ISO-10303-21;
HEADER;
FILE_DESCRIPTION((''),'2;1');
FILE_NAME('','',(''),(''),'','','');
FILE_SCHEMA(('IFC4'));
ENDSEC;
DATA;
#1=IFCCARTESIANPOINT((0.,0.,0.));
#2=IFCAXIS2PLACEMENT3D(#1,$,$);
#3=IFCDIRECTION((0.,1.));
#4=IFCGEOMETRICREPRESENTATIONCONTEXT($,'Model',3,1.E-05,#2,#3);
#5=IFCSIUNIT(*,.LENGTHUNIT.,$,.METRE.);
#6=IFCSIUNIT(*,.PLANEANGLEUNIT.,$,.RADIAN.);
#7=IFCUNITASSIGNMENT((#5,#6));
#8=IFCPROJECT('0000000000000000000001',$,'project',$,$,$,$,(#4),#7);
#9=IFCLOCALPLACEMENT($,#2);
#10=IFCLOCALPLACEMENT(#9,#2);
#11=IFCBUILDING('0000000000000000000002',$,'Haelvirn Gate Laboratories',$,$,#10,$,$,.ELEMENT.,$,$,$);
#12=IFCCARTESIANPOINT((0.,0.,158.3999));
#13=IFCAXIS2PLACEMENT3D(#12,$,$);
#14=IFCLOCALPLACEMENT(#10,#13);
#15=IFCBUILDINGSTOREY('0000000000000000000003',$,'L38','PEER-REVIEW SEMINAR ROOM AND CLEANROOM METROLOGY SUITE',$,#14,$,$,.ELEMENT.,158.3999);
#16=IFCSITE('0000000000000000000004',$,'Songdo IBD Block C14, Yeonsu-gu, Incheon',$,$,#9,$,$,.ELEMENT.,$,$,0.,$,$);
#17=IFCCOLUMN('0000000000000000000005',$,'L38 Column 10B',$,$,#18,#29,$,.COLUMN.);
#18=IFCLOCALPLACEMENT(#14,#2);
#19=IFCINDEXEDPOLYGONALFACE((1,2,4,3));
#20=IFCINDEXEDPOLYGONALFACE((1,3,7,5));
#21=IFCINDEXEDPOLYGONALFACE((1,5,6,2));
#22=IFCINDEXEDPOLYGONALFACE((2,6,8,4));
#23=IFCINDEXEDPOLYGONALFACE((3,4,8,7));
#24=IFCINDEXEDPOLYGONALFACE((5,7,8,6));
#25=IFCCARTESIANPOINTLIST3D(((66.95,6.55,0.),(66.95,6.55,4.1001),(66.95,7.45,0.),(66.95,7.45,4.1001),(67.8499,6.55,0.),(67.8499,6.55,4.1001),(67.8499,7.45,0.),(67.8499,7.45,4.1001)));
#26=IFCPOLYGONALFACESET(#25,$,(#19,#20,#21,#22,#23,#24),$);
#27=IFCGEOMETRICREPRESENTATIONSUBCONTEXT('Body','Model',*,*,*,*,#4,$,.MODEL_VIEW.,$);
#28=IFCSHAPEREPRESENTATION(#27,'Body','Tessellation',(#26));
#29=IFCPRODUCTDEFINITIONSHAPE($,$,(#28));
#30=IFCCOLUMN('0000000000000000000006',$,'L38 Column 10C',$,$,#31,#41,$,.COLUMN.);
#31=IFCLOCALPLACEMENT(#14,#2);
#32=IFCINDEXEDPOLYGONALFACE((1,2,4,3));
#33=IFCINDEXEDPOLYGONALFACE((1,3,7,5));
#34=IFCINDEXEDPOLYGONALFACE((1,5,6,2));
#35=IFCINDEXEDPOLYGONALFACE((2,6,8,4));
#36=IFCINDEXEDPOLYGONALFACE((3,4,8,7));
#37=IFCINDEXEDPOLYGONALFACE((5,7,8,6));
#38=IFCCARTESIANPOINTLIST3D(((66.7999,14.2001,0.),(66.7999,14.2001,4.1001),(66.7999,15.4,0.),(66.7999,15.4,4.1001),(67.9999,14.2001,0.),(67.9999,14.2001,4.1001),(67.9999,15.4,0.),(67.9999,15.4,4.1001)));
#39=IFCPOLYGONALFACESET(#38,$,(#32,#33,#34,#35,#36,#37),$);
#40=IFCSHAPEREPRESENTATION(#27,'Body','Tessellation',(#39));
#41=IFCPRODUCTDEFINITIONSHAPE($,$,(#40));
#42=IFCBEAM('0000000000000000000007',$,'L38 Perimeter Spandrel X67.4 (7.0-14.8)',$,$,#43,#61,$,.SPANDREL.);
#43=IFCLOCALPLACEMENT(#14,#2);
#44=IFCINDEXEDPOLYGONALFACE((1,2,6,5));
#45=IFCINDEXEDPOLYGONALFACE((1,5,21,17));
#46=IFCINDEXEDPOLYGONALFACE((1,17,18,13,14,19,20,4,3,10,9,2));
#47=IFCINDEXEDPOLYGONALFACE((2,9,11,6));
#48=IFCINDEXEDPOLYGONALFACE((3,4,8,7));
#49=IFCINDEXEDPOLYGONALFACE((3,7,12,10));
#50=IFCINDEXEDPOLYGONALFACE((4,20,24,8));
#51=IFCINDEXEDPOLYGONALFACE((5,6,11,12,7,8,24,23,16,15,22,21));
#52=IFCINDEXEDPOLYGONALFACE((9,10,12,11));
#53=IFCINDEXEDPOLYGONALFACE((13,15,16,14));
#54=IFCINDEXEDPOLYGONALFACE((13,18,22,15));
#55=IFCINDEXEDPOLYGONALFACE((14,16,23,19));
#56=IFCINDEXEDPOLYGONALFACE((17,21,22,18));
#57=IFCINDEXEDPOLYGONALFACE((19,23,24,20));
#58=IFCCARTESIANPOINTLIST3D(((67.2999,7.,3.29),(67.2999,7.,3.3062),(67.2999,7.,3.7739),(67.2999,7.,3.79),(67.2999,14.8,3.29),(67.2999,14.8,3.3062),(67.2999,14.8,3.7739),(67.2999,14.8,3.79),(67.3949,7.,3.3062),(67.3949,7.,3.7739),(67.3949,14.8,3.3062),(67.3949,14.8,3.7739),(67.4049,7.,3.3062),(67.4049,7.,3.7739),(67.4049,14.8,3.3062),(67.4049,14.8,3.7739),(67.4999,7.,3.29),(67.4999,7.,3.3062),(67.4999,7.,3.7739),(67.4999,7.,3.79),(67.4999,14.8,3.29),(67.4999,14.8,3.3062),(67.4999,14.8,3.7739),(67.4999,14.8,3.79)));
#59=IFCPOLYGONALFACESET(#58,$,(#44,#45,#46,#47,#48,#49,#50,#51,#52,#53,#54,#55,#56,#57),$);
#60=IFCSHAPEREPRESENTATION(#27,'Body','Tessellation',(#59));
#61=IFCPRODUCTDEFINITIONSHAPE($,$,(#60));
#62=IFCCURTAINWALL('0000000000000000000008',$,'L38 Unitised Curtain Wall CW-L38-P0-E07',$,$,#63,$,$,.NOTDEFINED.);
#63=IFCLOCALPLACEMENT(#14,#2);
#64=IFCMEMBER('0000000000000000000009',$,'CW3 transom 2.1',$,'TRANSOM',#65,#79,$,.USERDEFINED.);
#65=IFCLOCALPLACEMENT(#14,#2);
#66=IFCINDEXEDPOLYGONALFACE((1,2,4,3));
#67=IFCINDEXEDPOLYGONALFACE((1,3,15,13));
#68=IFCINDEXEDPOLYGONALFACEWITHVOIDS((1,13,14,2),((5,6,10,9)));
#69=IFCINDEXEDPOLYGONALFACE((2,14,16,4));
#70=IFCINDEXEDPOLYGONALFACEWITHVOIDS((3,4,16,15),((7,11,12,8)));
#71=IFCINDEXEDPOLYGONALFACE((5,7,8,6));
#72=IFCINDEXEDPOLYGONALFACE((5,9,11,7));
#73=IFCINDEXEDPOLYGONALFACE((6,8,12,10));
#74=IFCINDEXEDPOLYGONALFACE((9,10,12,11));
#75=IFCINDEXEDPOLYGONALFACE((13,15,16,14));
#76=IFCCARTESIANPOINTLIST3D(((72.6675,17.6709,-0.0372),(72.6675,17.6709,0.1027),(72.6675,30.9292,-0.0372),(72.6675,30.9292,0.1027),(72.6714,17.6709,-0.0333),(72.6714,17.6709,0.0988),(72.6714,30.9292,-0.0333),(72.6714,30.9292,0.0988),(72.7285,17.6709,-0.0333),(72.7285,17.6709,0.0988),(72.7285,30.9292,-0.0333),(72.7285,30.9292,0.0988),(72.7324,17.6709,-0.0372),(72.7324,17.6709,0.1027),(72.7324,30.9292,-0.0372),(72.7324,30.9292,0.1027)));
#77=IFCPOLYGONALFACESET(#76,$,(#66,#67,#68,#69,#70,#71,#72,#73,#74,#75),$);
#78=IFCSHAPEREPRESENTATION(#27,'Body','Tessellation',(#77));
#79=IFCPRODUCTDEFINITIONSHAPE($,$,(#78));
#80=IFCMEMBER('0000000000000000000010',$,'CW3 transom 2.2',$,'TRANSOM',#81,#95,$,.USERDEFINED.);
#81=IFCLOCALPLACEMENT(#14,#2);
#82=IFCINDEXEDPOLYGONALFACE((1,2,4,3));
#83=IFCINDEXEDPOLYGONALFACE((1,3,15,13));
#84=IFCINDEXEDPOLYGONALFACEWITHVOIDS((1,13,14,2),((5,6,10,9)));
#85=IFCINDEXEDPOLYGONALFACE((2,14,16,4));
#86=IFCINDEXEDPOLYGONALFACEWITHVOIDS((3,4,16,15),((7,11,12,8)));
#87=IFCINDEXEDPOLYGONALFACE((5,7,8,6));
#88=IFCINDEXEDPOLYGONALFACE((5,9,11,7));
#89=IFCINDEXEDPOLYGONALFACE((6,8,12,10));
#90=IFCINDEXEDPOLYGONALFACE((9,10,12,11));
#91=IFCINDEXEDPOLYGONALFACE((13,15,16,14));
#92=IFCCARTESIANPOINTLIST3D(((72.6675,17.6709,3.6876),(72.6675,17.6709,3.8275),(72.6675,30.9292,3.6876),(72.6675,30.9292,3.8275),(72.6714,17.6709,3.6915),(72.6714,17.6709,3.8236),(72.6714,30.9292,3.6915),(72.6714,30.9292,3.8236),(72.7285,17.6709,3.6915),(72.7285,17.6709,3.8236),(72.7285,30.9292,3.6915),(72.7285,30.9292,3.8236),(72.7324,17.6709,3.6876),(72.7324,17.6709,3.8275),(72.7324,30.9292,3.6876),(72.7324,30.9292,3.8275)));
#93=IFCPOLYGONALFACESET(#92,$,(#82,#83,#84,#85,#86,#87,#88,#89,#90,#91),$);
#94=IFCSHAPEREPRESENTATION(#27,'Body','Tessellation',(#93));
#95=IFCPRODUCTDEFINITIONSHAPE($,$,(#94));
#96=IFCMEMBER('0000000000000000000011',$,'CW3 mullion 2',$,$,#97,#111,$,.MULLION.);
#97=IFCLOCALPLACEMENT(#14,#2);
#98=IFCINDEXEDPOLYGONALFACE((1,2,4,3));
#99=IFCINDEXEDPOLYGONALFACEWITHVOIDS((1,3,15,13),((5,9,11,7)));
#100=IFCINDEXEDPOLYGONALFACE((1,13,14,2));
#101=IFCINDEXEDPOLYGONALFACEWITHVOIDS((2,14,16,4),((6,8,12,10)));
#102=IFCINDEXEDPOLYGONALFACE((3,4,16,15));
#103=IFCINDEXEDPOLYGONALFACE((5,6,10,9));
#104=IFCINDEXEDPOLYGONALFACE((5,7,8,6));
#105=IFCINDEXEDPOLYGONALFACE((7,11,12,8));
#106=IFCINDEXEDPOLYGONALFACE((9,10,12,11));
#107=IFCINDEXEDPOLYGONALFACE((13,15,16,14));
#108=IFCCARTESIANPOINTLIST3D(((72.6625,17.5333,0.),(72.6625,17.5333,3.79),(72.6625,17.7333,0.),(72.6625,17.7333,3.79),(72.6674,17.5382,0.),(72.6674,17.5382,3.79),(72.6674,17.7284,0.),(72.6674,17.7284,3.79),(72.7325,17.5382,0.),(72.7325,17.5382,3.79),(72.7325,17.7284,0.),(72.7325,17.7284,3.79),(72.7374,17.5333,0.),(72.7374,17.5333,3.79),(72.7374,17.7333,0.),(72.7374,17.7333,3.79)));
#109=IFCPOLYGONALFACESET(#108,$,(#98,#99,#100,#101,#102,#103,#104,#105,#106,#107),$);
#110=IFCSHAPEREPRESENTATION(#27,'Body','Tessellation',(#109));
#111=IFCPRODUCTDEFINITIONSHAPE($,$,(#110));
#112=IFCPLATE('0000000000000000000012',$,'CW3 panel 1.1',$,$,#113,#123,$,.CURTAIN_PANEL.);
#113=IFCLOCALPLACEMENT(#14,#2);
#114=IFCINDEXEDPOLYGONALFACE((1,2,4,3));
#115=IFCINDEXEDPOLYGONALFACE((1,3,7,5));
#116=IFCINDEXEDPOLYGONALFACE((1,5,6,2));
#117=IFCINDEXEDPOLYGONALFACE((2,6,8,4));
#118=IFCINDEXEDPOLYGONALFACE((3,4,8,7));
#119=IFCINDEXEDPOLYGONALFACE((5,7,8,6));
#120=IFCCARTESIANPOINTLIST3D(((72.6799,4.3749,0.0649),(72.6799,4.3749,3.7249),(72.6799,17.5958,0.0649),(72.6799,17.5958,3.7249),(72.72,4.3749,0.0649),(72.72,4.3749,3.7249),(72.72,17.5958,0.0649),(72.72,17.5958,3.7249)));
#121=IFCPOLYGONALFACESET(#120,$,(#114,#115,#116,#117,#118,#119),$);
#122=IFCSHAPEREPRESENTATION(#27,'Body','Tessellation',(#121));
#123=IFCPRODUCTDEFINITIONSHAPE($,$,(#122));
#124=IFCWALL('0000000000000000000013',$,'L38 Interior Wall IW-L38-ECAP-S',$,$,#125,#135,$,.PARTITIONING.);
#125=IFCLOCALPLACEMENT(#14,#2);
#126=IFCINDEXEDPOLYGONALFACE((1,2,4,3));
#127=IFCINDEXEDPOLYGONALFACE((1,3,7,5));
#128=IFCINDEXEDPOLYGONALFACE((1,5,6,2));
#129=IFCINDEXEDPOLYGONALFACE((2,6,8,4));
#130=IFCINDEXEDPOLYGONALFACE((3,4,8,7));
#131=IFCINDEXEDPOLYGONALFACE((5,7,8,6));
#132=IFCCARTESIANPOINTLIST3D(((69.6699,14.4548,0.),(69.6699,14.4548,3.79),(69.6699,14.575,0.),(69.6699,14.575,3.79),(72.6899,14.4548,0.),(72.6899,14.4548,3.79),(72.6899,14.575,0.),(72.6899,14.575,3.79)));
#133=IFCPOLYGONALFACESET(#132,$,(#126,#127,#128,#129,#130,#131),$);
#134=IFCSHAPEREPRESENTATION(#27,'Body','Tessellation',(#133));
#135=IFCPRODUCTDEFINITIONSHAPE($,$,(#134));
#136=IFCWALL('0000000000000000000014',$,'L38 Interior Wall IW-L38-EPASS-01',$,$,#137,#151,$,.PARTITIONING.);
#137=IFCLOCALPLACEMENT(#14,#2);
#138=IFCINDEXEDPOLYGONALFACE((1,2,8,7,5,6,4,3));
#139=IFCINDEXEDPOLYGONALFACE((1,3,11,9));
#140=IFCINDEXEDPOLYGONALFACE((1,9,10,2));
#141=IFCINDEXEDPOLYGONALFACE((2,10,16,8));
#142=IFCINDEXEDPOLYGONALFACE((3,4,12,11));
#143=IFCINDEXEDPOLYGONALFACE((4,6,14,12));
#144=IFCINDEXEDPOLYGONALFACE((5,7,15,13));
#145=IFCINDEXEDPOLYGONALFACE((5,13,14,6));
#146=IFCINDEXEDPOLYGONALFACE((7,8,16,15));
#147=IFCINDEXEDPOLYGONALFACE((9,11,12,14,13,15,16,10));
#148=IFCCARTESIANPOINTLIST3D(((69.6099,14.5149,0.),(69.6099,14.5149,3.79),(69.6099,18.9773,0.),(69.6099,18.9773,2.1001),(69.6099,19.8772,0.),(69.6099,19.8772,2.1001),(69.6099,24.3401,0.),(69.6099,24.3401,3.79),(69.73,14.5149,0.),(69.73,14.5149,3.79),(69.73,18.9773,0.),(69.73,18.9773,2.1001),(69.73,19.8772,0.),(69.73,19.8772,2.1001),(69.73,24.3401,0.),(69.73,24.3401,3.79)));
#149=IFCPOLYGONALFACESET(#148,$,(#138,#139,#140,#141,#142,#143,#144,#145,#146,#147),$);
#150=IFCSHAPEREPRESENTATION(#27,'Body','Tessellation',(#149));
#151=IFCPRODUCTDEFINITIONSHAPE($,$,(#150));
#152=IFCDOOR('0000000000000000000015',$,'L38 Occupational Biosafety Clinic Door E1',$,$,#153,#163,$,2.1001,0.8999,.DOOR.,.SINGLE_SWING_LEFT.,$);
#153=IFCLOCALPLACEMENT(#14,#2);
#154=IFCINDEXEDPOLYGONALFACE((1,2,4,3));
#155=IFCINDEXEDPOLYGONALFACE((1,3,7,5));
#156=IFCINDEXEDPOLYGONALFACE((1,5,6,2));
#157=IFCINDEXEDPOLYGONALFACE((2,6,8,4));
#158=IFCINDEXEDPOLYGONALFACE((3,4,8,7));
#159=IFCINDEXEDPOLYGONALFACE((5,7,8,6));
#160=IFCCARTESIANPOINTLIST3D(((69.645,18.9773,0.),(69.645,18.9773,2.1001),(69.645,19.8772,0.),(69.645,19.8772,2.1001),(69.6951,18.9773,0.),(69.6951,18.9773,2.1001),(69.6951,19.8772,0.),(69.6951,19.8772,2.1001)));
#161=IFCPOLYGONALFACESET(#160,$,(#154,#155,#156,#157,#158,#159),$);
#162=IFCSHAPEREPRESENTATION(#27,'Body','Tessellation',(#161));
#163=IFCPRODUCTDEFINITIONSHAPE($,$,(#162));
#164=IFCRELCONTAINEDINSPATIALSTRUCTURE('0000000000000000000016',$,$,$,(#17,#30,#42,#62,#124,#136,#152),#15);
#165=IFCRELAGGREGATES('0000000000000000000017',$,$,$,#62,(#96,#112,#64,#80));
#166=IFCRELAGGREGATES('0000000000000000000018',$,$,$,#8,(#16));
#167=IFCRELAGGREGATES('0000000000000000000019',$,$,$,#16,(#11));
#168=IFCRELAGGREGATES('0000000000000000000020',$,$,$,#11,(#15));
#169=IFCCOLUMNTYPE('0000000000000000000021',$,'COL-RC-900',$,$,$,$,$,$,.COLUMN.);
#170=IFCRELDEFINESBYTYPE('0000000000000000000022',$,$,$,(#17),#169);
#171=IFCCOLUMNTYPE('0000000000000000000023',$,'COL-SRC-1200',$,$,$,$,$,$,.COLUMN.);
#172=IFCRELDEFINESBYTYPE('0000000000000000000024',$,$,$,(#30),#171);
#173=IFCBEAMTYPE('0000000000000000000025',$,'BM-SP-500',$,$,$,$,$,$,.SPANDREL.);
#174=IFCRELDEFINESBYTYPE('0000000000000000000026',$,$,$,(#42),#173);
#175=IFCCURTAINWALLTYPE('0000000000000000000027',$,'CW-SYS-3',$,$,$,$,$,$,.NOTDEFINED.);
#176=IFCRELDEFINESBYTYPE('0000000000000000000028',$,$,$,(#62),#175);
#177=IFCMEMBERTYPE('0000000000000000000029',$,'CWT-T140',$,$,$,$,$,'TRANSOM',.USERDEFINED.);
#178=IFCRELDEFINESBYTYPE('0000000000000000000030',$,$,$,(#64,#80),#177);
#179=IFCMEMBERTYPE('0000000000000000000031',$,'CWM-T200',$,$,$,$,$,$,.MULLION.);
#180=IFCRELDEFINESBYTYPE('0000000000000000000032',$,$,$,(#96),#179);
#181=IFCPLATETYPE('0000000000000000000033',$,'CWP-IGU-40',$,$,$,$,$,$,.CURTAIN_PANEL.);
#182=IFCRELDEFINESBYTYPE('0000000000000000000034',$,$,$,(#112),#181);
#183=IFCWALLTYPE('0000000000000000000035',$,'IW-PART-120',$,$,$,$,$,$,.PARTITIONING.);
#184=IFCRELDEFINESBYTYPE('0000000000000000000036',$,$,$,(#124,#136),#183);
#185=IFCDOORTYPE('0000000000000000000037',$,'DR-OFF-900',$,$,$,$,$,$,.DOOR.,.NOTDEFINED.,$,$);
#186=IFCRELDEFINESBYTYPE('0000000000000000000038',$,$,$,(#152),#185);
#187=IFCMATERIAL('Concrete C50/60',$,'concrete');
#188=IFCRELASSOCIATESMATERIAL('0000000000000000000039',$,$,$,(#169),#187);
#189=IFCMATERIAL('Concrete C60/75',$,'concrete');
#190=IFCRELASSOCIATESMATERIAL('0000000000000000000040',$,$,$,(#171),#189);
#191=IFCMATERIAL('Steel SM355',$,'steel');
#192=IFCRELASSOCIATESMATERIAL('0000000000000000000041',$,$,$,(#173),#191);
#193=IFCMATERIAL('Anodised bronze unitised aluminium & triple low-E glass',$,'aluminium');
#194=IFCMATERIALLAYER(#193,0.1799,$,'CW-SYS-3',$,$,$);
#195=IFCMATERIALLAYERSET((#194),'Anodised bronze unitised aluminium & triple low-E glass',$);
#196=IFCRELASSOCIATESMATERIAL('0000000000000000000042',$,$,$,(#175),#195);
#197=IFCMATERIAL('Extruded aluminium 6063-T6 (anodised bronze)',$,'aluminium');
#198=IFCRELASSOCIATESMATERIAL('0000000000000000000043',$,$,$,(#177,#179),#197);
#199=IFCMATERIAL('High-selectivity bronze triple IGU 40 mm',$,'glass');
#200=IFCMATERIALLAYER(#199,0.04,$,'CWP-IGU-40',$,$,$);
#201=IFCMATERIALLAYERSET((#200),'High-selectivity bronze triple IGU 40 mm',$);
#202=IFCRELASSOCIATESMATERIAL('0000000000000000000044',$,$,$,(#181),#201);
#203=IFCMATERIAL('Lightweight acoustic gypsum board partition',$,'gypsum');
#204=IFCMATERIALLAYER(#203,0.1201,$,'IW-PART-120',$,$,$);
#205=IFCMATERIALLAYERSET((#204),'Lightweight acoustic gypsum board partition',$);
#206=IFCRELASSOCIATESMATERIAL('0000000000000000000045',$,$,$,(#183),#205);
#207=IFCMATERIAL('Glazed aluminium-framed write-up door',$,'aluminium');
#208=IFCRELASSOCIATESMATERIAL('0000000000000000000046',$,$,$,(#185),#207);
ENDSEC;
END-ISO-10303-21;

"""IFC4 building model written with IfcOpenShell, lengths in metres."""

from ifc_helpers import new_model, si_unit, direction, frame, frame_2d, origin, origin_2d, place, context, subcontext, project, spatial, rectangle, hollow_rectangle, i_section, extrude, source, transform, mapped, material, layer, layer_set, material_profile, profile_set, type_object, type_shapes, element, fill, aggregate, save


model = new_model("IFC4")

# Units and contexts
model_context = context("Model", 3, precision=1e-05, world=origin(), true_north=direction((0.0, 1.0)))
body_context = subcontext(model_context, "Body", "Model", "MODEL_VIEW")
ifc_project = project(units=[si_unit("LENGTHUNIT", "METRE"), si_unit("PLANEANGLEUNIT", "RADIAN")], contexts=[model_context])

# Site, building, storey
site_placement = place(None, origin())
site = spatial("IfcSite", under=ifc_project, at=site_placement, Name="Songdo IBD Block C14, Yeonsu-gu, Incheon", CompositionType="ELEMENT", RefElevation=0.0)
building_placement = place(site_placement, origin())
building = spatial("IfcBuilding", under=site, at=building_placement, Name="Haelvirn Gate Laboratories", CompositionType="ELEMENT")
storey_placement = place(building_placement, frame((0.0, 0.0, 158.3999)))
storey = spatial("IfcBuildingStorey", under=building, at=storey_placement, Name="L38", Description="PEER-REVIEW SEMINAR ROOM AND CLEANROOM METROLOGY SUITE", CompositionType="ELEMENT", Elevation=158.3999)

# Columns
ifc_material_1 = material(Name="Concrete C50/60", Category="concrete")
ifc_material_profile_1 = material_profile(ifc_material_1, rectangle(XDim=0.8999, YDim=0.8999, at=origin_2d()), Name="RC-900x900")
ifc_profile_set_1 = profile_set([ifc_material_profile_1], Name="Concrete C50/60")
column_type_1 = type_object("IfcColumnType", Name="COL-RC-900", PredefinedType="COLUMN", material=ifc_profile_set_1)
shared_shape_1 = source(origin(), body_context, "Body", "SweptSolid", [
    extrude(rectangle(XDim=0.8999, YDim=0.8999, at=origin_2d()), origin(), (0.0, 0.0, 1.0), 4.1001),
])
type_shapes(column_type_1, [shared_shape_1])
column_1_placement = place(storey_placement, frame((67.3999, 7.0, 0.0), z_axis=(0.0, 0.0, 1.0), x_axis=(1.0, 0.0, 0.0)))
element("IfcColumn", 1, at=column_1_placement, inside=storey, type_object=column_type_1, Name="L38 Column 10B", PredefinedType="COLUMN", context=body_context, shape_type="MappedRepresentation", body=[
    mapped(shared_shape_1, transform((0.0, 0.0, 0.0), scale=1.0)),
])
ifc_material_2 = material(Name="Concrete C60/75", Category="concrete")
ifc_material_profile_2 = material_profile(ifc_material_2, rectangle(XDim=1.2, YDim=1.2, at=origin_2d()), Name="SRC-1200x1200")
ifc_profile_set_2 = profile_set([ifc_material_profile_2], Name="Concrete C60/75")
column_type_2 = type_object("IfcColumnType", Name="COL-SRC-1200", PredefinedType="COLUMN", material=ifc_profile_set_2)
shared_shape_2 = source(origin(), body_context, "Body", "SweptSolid", [
    extrude(rectangle(XDim=1.2, YDim=1.2, at=origin_2d()), origin(), (0.0, 0.0, 1.0), 4.1001),
])
type_shapes(column_type_2, [shared_shape_2])
column_2_placement = place(storey_placement, frame((67.3999, 14.8, 0.0), z_axis=(0.0, 0.0, 1.0), x_axis=(1.0, 0.0, 0.0)))
element("IfcColumn", 2, at=column_2_placement, inside=storey, type_object=column_type_2, Name="L38 Column 10C", PredefinedType="COLUMN", context=body_context, shape_type="MappedRepresentation", body=[
    mapped(shared_shape_2, transform((0.0, 0.0, 0.0), scale=1.0)),
])

# Beam
ifc_material_3 = material(Name="Steel SM355", Category="steel")
ifc_material_profile_3 = material_profile(ifc_material_3, i_section(OverallWidth=0.2, OverallDepth=0.5, WebThickness=0.01, FlangeThickness=0.0161, at=origin_2d()), Name="H-500x200x10x16")
ifc_profile_set_3 = profile_set([ifc_material_profile_3], Name="Steel SM355")
beam_type = type_object("IfcBeamType", Name="BM-SP-500", PredefinedType="SPANDREL", material=ifc_profile_set_3)
shared_shape_3 = source(origin(), body_context, "Body", "SweptSolid", [
    extrude(i_section(OverallWidth=0.2, OverallDepth=0.5, WebThickness=0.01, FlangeThickness=0.0161, at=origin_2d()), origin(), (0.0, 0.0, 1.0), 7.8),
])
type_shapes(beam_type, [shared_shape_3])
beam_placement = place(storey_placement, frame((67.3999, 7.0, 3.54), z_axis=(0.0, 1.0, 0.0), x_axis=(-1.0, 0.0, 0.0)))
element("IfcBeam", 3, at=beam_placement, inside=storey, type_object=beam_type, Name="L38 Perimeter Spandrel X67.4 (7.0-14.8)", PredefinedType="SPANDREL", context=body_context, shape_type="MappedRepresentation", body=[
    mapped(shared_shape_3, transform((0.0, 0.0, 0.0), scale=1.0)),
])

# Curtain wall, members, plate
ifc_material_4 = material(Name="Anodised bronze unitised aluminium & triple low-E glass", Category="aluminium")
ifc_layer_1 = layer(ifc_material_4, 0.1799, Name="CW-SYS-3")
ifc_layer_set_1 = layer_set([ifc_layer_1], Name="Anodised bronze unitised aluminium & triple low-E glass")
curtain_wall_type = type_object("IfcCurtainWallType", Name="CW-SYS-3", PredefinedType="NOTDEFINED", material=ifc_layer_set_1)
curtain_wall_placement = place(storey_placement, origin())
curtain_wall = element("IfcCurtainWall", 4, at=curtain_wall_placement, inside=storey, type_object=curtain_wall_type, Name="L38 Unitised Curtain Wall CW-L38-P0-E07", PredefinedType="NOTDEFINED")
ifc_material_5 = material(Name="Extruded aluminium 6063-T6 (anodised bronze)", Category="aluminium")
ifc_material_profile_4 = material_profile(ifc_material_5, hollow_rectangle(XDim=0.0649, YDim=0.1399, WallThickness=0.0039, at=origin_2d()), Name="CWT-140x65x4")
ifc_profile_set_4 = profile_set([ifc_material_profile_4], Name="Extruded aluminium 6063-T6 (anodised bronze)")
member_type_1 = type_object("IfcMemberType", Name="CWT-T140", ElementType="TRANSOM", PredefinedType="USERDEFINED", material=ifc_profile_set_4)
shared_shape_4 = source(origin(), body_context, "Body", "SweptSolid", [
    extrude(hollow_rectangle(XDim=0.0649, YDim=0.1399, WallThickness=0.0039, at=origin_2d()), origin(), (0.0, 0.0, 1.0), 13.2583),
])
type_shapes(member_type_1, [shared_shape_4])
member_1_placement = place(storey_placement, frame((72.7, 17.6709, 0.0327), z_axis=(0.0, 1.0, 0.0), x_axis=(-1.0, 0.0, 0.0)))
member_1 = element("IfcMember", 5, at=member_1_placement, type_object=member_type_1, Name="CW3 transom 2.1", ObjectType="TRANSOM", PredefinedType="USERDEFINED", context=body_context, shape_type="MappedRepresentation", body=[
    mapped(shared_shape_4, transform((0.0, 0.0, 0.0), scale=1.0)),
])
member_2_placement = place(storey_placement, frame((72.7, 17.6709, 3.7576), z_axis=(0.0, 1.0, 0.0), x_axis=(-1.0, 0.0, 0.0)))
member_2 = element("IfcMember", 6, at=member_2_placement, type_object=member_type_1, Name="CW3 transom 2.2", ObjectType="TRANSOM", PredefinedType="USERDEFINED", context=body_context, shape_type="MappedRepresentation", body=[
    mapped(shared_shape_4, transform((0.0, 0.0, 0.0), scale=1.0)),
])
ifc_material_profile_5 = material_profile(ifc_material_5, hollow_rectangle(XDim=0.075, YDim=0.2, WallThickness=0.0049, at=origin_2d()), Name="CWM-200x75x5")
ifc_profile_set_5 = profile_set([ifc_material_profile_5], Name="Extruded aluminium 6063-T6 (anodised bronze)")
member_type_2 = type_object("IfcMemberType", Name="CWM-T200", PredefinedType="MULLION", material=ifc_profile_set_5)
shared_shape_5 = source(origin(), body_context, "Body", "SweptSolid", [
    extrude(hollow_rectangle(XDim=0.075, YDim=0.2, WallThickness=0.0049, at=origin_2d()), origin(), (0.0, 0.0, 1.0), 3.79),
])
type_shapes(member_type_2, [shared_shape_5])
member_3_placement = place(storey_placement, frame((72.7, 17.6333, 0.0), z_axis=(0.0, 0.0, 1.0), x_axis=(-1.0, 0.0, 0.0)))
member_3 = element("IfcMember", 7, at=member_3_placement, type_object=member_type_2, Name="CW3 mullion 2", PredefinedType="MULLION", context=body_context, shape_type="MappedRepresentation", body=[
    mapped(shared_shape_5, transform((0.0, 0.0, 0.0), scale=1.0)),
])
ifc_material_6 = material(Name="High-selectivity bronze triple IGU 40 mm", Category="glass")
ifc_layer_2 = layer(ifc_material_6, 0.04, Name="CWP-IGU-40")
ifc_layer_set_2 = layer_set([ifc_layer_2], Name="High-selectivity bronze triple IGU 40 mm")
plate_type = type_object("IfcPlateType", Name="CWP-IGU-40", PredefinedType="CURTAIN_PANEL", material=ifc_layer_set_2)
shared_shape_6 = source(origin(), body_context, "Body", "SweptSolid", [
    extrude(rectangle(XDim=13.2209, YDim=0.04, at=origin_2d()), origin(), (0.0, 0.0, 1.0), 3.6599),
])
type_shapes(plate_type, [shared_shape_6])
plate_placement = place(storey_placement, frame((72.7, 10.9854, 0.0649), z_axis=(0.0, 0.0, 1.0), x_axis=(0.0, 1.0, 0.0)))
plate = element("IfcPlate", 8, at=plate_placement, type_object=plate_type, Name="CW3 panel 1.1", PredefinedType="CURTAIN_PANEL", context=body_context, shape_type="MappedRepresentation", body=[
    mapped(shared_shape_6, transform((0.0, 0.0, 0.0), scale=1.0)),
])
aggregate(curtain_wall, [member_3, plate, member_1, member_2])

# Wall
ifc_material_7 = material(Name="Lightweight acoustic gypsum board partition", Category="gypsum")
ifc_layer_3 = layer(ifc_material_7, 0.1201, Name="IW-PART-120")
ifc_layer_set_3 = layer_set([ifc_layer_3], Name="Lightweight acoustic gypsum board partition")
wall_type_1 = type_object("IfcWallType", Name="IW-PART-120", PredefinedType="PARTITIONING", material=ifc_layer_set_3)
wall_1_placement = place(storey_placement, frame((69.6699, 14.5149, 0.0), z_axis=(0.0, 0.0, 1.0), x_axis=(1.0, 0.0, 0.0)))
element("IfcWall", 9, at=wall_1_placement, inside=storey, type_object=wall_type_1, Name="L38 Interior Wall IW-L38-ECAP-S", PredefinedType="PARTITIONING", context=body_context, shape_type="SweptSolid", body=[
    extrude(rectangle(XDim=3.02, YDim=0.1201, at=frame_2d((1.51, 0.0))), origin(), (0.0, 0.0, 1.0), 3.79),
])

# Wall, opening, door
wall_2_placement = place(storey_placement, frame((69.6699, 14.5149, 0.0), z_axis=(0.0, 0.0, 1.0), x_axis=(0.0, 1.0, 0.0)))
wall_2 = element("IfcWall", 10, at=wall_2_placement, inside=storey, type_object=wall_type_1, Name="L38 Interior Wall IW-L38-EPASS-01", PredefinedType="PARTITIONING", context=body_context, shape_type="SweptSolid", body=[
    extrude(rectangle(XDim=9.8252, YDim=0.1201, at=frame_2d((4.9126, 0.0))), origin(), (0.0, 0.0, 1.0), 3.79),
])
opening_1_placement = place(wall_2_placement, frame((4.4624, 0.0, 0.0)))
opening_1 = element("IfcOpeningElement", 11, at=opening_1_placement, cuts=wall_2, PredefinedType="OPENING", context=body_context, shape_type="SweptSolid", body=[
    extrude(rectangle(XDim=0.8999, YDim=2.1001, at=frame_2d((0.45, 1.05))), frame((0.0, 0.0701, 0.0), z_axis=(0.0, -1.0, 0.0), x_axis=(1.0, 0.0, 0.0)), (0.0, 0.0, 1.0), 0.1401),
])
ifc_material_8 = material(Name="Glazed aluminium-framed write-up door", Category="aluminium")
door_type_1 = type_object("IfcDoorType", Name="DR-OFF-900", OperationType="NOTDEFINED", PredefinedType="DOOR", material=ifc_material_8)
shared_shape_7 = source(origin(), body_context, "Body", "SweptSolid", [
    extrude(rectangle(XDim=0.8999, YDim=2.1001, at=frame_2d((0.45, 1.05))), frame((0.0, 0.0249, 0.0), z_axis=(0.0, -1.0, 0.0), x_axis=(1.0, 0.0, 0.0)), (0.0, 0.0, 1.0), 0.05),
])
type_shapes(door_type_1, [shared_shape_7])
door_1_placement = place(opening_1_placement, origin())
door_1 = element("IfcDoor", 12, at=door_1_placement, inside=storey, type_object=door_type_1, Name="L38 Occupational Biosafety Clinic Door E1", OperationType="SINGLE_SWING_LEFT", OverallHeight=2.1001, OverallWidth=0.8999, PredefinedType="DOOR", context=body_context, shape_type="MappedRepresentation", body=[
    mapped(shared_shape_7, transform((0.0, 0.0, 0.0), scale=1.0)),
])
fill(opening_1, door_1)

save(model, "model.ifc")
